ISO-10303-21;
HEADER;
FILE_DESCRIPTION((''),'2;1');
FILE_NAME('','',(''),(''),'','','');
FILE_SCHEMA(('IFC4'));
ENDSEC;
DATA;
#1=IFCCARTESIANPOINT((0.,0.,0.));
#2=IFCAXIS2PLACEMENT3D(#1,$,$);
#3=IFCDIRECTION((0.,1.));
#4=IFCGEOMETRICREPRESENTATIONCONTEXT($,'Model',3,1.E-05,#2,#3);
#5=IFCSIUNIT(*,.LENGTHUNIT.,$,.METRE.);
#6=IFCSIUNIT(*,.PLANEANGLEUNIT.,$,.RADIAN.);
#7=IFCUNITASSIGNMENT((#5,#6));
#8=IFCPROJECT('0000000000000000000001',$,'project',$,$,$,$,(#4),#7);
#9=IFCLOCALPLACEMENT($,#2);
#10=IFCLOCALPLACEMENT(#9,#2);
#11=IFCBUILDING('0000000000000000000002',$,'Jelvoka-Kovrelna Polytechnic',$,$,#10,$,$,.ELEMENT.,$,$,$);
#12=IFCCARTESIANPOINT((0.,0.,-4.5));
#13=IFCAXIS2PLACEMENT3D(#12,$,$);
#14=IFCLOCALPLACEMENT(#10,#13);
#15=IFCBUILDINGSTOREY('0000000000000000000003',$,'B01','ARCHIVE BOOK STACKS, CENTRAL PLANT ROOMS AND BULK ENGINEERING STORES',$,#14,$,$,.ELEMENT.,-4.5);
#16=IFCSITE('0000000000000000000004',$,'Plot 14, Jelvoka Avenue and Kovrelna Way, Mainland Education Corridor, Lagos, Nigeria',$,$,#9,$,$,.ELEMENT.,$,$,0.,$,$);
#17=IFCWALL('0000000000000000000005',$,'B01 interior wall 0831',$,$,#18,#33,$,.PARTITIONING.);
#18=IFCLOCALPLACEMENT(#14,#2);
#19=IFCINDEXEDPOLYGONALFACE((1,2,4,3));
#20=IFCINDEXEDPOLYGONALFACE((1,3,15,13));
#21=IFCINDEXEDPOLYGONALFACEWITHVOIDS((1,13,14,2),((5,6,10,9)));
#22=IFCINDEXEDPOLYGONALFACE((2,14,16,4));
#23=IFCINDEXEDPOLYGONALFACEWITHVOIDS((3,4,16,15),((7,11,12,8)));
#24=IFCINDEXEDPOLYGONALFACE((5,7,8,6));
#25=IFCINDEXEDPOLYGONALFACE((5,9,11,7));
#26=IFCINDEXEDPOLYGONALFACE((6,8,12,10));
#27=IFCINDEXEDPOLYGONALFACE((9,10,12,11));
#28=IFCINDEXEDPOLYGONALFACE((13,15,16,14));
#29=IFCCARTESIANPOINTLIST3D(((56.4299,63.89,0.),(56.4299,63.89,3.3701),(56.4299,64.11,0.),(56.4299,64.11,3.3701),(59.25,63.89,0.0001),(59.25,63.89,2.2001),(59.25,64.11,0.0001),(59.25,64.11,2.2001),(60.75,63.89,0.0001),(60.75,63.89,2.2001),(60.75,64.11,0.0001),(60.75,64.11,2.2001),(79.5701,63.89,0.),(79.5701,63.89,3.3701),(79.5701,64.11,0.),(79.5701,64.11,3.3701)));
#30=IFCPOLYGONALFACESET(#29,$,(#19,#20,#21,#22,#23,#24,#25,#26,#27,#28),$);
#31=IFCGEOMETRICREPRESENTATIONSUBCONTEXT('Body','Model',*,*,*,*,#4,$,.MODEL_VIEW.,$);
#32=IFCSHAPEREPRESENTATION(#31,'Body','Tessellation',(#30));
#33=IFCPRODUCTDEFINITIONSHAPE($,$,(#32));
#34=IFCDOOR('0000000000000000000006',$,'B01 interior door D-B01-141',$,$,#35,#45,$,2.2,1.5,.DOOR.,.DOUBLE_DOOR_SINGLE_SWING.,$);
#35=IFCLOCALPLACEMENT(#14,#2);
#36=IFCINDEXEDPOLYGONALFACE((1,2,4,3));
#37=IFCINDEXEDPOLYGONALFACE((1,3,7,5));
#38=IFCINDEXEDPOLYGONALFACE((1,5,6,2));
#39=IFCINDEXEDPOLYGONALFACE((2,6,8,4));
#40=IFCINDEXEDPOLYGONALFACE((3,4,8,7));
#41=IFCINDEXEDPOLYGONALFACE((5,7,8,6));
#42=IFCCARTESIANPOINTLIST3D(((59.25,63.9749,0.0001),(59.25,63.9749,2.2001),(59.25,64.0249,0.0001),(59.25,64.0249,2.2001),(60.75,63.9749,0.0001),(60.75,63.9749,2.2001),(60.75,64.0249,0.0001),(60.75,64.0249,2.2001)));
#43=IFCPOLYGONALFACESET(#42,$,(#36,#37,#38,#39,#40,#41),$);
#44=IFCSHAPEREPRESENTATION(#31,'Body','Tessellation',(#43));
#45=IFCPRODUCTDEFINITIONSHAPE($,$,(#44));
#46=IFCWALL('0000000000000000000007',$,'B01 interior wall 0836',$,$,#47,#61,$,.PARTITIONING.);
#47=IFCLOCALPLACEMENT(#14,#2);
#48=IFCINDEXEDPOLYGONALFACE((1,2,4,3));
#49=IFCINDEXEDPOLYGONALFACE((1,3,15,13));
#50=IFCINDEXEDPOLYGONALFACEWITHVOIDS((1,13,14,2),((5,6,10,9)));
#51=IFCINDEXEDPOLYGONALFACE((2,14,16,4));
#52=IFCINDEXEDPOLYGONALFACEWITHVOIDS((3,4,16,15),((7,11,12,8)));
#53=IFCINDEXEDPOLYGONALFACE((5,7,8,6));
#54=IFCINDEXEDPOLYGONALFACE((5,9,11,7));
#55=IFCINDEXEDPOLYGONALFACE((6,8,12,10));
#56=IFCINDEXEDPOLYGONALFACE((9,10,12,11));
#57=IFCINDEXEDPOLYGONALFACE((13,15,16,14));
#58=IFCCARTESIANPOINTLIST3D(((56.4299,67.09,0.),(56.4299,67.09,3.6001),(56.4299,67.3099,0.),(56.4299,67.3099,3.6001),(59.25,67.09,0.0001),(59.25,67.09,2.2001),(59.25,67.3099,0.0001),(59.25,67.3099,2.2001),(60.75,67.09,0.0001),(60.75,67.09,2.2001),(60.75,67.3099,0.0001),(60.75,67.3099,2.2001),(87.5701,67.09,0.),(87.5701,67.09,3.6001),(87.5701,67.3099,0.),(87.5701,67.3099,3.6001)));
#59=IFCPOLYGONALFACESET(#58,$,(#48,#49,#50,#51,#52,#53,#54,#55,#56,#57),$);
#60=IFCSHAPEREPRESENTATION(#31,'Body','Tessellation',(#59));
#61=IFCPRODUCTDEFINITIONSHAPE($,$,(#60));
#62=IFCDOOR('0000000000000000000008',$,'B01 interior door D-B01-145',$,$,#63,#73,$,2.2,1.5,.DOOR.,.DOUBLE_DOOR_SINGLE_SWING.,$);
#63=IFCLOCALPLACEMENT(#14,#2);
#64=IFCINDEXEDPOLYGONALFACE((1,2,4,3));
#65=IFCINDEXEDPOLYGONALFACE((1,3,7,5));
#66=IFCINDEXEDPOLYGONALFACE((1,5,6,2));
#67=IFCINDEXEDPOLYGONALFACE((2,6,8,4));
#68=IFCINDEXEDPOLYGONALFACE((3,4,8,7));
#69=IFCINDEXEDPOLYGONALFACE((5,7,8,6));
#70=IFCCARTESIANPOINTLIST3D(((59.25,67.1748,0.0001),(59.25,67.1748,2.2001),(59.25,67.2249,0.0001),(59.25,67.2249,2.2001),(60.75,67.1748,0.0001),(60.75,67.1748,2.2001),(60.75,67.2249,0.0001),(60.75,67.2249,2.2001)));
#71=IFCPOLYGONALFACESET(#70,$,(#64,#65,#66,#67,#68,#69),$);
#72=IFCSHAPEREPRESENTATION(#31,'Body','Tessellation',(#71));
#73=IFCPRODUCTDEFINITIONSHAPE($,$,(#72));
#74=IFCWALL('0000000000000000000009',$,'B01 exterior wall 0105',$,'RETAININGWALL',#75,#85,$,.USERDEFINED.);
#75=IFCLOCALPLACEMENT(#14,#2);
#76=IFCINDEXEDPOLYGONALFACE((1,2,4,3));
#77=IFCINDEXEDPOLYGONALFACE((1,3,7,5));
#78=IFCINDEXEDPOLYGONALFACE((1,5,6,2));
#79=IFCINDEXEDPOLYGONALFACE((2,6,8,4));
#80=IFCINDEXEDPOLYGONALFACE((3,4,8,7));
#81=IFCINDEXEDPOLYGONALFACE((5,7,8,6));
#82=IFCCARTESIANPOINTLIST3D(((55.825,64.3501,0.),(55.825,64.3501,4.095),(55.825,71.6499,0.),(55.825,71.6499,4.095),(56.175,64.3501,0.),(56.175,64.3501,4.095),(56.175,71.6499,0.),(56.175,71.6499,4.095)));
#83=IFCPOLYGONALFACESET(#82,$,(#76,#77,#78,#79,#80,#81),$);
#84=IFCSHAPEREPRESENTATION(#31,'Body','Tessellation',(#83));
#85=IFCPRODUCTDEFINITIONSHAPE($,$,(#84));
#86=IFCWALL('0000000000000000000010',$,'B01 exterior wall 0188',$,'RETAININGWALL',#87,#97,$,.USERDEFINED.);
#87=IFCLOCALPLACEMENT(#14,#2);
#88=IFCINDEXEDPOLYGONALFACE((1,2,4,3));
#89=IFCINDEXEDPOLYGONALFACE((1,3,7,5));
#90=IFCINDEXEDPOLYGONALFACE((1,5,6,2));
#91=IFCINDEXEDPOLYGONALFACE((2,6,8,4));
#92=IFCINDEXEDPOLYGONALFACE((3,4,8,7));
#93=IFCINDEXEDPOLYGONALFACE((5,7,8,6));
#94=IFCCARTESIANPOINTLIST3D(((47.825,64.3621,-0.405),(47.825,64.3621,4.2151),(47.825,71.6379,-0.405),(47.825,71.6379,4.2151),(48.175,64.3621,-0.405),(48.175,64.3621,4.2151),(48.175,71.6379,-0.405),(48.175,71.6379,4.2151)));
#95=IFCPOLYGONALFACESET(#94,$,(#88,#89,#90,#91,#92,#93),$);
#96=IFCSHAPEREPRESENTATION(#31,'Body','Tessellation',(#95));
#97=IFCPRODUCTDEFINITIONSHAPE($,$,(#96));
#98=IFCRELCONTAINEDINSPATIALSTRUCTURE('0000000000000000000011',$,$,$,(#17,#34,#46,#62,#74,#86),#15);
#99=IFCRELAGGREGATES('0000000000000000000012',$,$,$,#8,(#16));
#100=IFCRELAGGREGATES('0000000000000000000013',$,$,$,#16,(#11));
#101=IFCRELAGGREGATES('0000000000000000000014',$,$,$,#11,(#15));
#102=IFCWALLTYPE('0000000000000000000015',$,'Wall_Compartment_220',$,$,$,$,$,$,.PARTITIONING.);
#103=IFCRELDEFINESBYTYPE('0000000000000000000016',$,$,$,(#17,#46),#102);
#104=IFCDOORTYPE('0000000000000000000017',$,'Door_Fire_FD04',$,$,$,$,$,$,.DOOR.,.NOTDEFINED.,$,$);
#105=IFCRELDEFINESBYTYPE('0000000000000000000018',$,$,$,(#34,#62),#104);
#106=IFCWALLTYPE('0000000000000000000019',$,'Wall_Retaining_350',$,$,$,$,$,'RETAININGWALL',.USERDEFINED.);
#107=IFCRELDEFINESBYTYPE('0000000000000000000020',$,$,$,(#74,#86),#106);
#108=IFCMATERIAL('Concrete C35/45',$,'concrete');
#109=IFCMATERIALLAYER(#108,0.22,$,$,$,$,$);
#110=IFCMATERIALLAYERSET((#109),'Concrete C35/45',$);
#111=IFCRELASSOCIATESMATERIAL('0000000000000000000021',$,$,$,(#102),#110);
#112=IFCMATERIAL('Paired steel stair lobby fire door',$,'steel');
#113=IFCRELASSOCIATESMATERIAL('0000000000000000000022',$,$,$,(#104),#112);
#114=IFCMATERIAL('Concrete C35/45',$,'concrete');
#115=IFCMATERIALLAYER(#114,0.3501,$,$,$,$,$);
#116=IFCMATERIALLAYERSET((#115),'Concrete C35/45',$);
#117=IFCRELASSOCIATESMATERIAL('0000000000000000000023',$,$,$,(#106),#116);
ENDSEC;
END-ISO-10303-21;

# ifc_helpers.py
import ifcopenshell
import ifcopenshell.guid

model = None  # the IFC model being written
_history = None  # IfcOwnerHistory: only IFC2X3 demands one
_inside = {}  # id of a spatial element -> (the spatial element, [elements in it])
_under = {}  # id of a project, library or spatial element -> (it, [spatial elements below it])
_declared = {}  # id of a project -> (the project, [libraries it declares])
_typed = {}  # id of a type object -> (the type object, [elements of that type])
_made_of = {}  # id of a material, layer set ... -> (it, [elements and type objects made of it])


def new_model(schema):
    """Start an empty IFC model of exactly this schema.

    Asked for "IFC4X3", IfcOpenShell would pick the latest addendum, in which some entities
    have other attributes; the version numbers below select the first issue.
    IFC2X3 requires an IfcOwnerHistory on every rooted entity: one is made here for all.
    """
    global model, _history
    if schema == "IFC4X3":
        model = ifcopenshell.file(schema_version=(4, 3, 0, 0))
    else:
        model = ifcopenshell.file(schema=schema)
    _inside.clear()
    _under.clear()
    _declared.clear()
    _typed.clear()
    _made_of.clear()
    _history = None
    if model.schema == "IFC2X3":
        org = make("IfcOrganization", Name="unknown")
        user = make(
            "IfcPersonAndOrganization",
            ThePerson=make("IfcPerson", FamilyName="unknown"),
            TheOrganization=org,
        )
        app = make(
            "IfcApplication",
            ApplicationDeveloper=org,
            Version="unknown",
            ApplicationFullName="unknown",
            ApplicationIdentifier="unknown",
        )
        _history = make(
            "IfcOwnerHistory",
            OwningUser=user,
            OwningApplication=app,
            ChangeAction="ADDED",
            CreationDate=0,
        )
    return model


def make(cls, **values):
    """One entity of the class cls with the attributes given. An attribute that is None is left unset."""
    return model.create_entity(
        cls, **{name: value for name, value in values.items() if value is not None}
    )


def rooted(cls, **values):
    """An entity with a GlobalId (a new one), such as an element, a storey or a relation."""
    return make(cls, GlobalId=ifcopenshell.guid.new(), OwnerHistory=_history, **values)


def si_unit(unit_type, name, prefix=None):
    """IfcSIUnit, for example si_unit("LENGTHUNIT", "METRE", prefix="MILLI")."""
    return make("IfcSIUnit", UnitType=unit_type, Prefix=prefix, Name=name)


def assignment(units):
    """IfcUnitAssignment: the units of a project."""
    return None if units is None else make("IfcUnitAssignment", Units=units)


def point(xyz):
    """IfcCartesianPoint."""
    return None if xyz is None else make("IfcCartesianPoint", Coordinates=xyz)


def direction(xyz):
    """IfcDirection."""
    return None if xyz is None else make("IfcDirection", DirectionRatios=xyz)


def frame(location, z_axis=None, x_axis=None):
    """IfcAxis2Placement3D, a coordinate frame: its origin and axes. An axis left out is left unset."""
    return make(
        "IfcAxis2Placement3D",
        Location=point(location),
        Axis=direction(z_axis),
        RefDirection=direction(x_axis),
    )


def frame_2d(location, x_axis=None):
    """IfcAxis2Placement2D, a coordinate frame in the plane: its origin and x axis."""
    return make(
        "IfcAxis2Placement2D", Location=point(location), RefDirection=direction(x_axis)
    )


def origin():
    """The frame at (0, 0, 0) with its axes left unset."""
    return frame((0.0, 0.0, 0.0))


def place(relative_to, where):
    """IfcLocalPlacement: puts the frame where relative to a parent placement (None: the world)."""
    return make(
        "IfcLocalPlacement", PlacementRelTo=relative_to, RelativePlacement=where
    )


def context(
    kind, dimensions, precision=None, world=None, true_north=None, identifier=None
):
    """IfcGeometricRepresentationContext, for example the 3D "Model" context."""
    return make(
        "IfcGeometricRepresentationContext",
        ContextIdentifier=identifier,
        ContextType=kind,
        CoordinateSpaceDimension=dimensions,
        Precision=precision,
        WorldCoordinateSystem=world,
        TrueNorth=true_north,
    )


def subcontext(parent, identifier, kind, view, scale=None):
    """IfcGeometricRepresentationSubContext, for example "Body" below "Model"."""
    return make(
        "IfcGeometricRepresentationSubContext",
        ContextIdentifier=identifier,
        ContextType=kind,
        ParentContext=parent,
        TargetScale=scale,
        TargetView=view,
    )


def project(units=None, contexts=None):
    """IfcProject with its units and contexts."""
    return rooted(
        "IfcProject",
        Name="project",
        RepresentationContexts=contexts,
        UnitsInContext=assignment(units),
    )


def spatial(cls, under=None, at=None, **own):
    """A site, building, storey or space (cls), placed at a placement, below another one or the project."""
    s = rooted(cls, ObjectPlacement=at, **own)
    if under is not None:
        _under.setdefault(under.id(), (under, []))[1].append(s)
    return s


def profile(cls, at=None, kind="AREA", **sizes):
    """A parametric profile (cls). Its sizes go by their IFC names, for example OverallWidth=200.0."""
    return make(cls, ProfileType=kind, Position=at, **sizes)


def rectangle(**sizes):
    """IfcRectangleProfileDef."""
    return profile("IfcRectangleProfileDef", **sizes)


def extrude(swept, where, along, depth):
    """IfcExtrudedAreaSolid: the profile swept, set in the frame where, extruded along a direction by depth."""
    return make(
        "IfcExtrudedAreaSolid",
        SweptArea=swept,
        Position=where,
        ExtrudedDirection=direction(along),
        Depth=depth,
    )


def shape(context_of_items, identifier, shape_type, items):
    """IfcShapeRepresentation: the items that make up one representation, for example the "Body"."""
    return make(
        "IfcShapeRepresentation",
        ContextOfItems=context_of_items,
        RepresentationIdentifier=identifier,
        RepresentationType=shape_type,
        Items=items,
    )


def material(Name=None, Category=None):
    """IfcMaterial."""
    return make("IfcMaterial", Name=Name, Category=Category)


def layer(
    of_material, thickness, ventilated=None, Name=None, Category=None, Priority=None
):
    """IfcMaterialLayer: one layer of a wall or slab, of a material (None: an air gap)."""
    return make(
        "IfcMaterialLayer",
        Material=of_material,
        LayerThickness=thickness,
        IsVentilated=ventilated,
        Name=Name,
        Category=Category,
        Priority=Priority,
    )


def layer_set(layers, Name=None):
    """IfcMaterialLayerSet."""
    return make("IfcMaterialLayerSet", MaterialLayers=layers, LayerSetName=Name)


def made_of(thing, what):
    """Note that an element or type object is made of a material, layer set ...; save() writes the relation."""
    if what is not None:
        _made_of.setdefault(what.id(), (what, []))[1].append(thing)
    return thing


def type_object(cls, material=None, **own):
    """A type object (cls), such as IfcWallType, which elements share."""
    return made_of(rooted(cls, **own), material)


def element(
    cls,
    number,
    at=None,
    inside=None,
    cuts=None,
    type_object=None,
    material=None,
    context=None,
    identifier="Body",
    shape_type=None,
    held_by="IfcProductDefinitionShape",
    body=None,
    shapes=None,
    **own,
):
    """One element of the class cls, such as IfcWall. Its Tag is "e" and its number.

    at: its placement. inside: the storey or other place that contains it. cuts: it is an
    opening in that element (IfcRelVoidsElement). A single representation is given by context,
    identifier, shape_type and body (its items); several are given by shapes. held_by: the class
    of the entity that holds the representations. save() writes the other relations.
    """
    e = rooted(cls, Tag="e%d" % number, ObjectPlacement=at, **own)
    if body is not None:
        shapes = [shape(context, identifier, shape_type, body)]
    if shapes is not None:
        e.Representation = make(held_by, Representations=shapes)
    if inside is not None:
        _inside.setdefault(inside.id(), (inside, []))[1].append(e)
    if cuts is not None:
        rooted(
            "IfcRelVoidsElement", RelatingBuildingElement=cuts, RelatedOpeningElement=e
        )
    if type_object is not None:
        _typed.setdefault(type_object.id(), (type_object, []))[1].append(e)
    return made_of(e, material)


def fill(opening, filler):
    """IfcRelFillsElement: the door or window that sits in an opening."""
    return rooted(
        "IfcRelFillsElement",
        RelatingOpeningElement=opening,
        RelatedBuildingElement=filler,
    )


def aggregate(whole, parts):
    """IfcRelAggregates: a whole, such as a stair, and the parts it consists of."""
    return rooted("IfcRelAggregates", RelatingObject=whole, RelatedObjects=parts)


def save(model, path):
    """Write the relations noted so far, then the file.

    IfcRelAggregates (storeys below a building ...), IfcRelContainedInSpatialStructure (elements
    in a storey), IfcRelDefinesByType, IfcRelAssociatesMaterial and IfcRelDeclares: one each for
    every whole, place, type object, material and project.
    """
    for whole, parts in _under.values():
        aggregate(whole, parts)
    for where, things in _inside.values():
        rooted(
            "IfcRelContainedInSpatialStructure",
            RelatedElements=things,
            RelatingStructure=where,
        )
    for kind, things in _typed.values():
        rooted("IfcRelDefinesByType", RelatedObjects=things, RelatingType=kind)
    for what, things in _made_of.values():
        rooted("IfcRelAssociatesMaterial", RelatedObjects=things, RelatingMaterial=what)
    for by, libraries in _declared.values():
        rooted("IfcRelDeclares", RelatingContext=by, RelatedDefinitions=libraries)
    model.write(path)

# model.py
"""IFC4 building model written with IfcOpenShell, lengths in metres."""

from ifc_helpers import new_model, si_unit, direction, frame, frame_2d, origin, place, context, subcontext, project, spatial, rectangle, extrude, material, layer, layer_set, type_object, element, fill, save


model = new_model("IFC4")

# Units and contexts
model_context = context("Model", 3, precision=1e-05, world=origin(), true_north=direction((0.0, 1.0)))
body_context = subcontext(model_context, "Body", "Model", "MODEL_VIEW")
ifc_project = project(units=[si_unit("LENGTHUNIT", "METRE"), si_unit("PLANEANGLEUNIT", "RADIAN")], contexts=[model_context])

# Site, building, storey
site_placement = place(None, origin())
site = spatial("IfcSite", under=ifc_project, at=site_placement, Name="Plot 14, Jelvoka Avenue and Kovrelna Way, Mainland Education Corridor, Lagos, Nigeria", CompositionType="ELEMENT", RefElevation=0.0)
building_placement = place(site_placement, origin())
building = spatial("IfcBuilding", under=site, at=building_placement, Name="Jelvoka-Kovrelna Polytechnic", CompositionType="ELEMENT")
storey_placement = place(building_placement, frame((0.0, 0.0, -4.5)))
storey = spatial("IfcBuildingStorey", under=building, at=storey_placement, Name="B01", Description="ARCHIVE BOOK STACKS, CENTRAL PLANT ROOMS AND BULK ENGINEERING STORES", CompositionType="ELEMENT", Elevation=-4.5)

# Walls, openings, doors
ifc_material_1 = material(Name="Concrete C35/45", Category="concrete")
ifc_layer_1 = layer(ifc_material_1, 0.22)
ifc_layer_set_1 = layer_set([ifc_layer_1], Name="Concrete C35/45")
wall_type_1 = type_object("IfcWallType", Name="Wall_Compartment_220", PredefinedType="PARTITIONING", material=ifc_layer_set_1)
wall_1_placement = place(storey_placement, frame((56.4299, 64.0, 0.0), z_axis=(0.0, 0.0, 1.0), x_axis=(1.0, 0.0, 0.0)))
wall_1 = element("IfcWall", 1, at=wall_1_placement, inside=storey, type_object=wall_type_1, Name="B01 interior wall 0831", PredefinedType="PARTITIONING", context=body_context, shape_type="SweptSolid", body=[
    extrude(rectangle(XDim=23.1401, YDim=0.22, at=frame_2d((11.5701, 0.0))), origin(), (0.0, 0.0, 1.0), 3.3701),
])
opening_1_placement = place(wall_1_placement, frame((2.8201, 0.0, 0.0)))
opening_1 = element("IfcOpeningElement", 2, at=opening_1_placement, cuts=wall_1, PredefinedType="OPENING", context=body_context, shape_type="SweptSolid", body=[
    extrude(rectangle(XDim=1.5, YDim=2.2, at=frame_2d((0.75, 1.1001))), frame((0.0, 0.1199, 0.0), z_axis=(0.0, -1.0, 0.0), x_axis=(1.0, 0.0, 0.0)), (0.0, 0.0, 1.0), 0.24),
])
ifc_material_2 = material(Name="Paired steel stair lobby fire door", Category="steel")
door_type = type_object("IfcDoorType", Name="Door_Fire_FD04", OperationType="NOTDEFINED", PredefinedType="DOOR", material=ifc_material_2)
door_1_placement = place(opening_1_placement, origin())
door_1 = element("IfcDoor", 3, at=door_1_placement, inside=storey, type_object=door_type, Name="B01 interior door D-B01-141", OperationType="DOUBLE_DOOR_SINGLE_SWING", OverallHeight=2.2, OverallWidth=1.5, PredefinedType="DOOR", context=body_context, shape_type="SweptSolid", body=[
    extrude(rectangle(XDim=1.5, YDim=2.2, at=frame_2d((0.75, 1.1001))), frame((0.0, 0.0249, 0.0), z_axis=(0.0, -1.0, 0.0), x_axis=(1.0, 0.0, 0.0)), (0.0, 0.0, 1.0), 0.05),
])
fill(opening_1, door_1)
wall_2_placement = place(storey_placement, frame((56.4299, 67.2, 0.0), z_axis=(0.0, 0.0, 1.0), x_axis=(1.0, 0.0, 0.0)))
wall_2 = element("IfcWall", 4, at=wall_2_placement, inside=storey, type_object=wall_type_1, Name="B01 interior wall 0836", PredefinedType="PARTITIONING", context=body_context, shape_type="SweptSolid", body=[
    extrude(rectangle(XDim=31.1401, YDim=0.22, at=frame_2d((15.5701, 0.0))), origin(), (0.0, 0.0, 1.0), 3.6001),
])
opening_2_placement = place(wall_2_placement, frame((2.8201, 0.0, 0.0)))
opening_2 = element("IfcOpeningElement", 5, at=opening_2_placement, cuts=wall_2, PredefinedType="OPENING", context=body_context, shape_type="SweptSolid", body=[
    extrude(rectangle(XDim=1.5, YDim=2.2, at=frame_2d((0.75, 1.1001))), frame((0.0, 0.1199, 0.0), z_axis=(0.0, -1.0, 0.0), x_axis=(1.0, 0.0, 0.0)), (0.0, 0.0, 1.0), 0.24),
])
door_2_placement = place(opening_2_placement, origin())
door_2 = element("IfcDoor", 6, at=door_2_placement, inside=storey, type_object=door_type, Name="B01 interior door D-B01-145", OperationType="DOUBLE_DOOR_SINGLE_SWING", OverallHeight=2.2, OverallWidth=1.5, PredefinedType="DOOR", context=body_context, shape_type="SweptSolid", body=[
    extrude(rectangle(XDim=1.5, YDim=2.2, at=frame_2d((0.75, 1.1001))), frame((0.0, 0.0249, 0.0), z_axis=(0.0, -1.0, 0.0), x_axis=(1.0, 0.0, 0.0)), (0.0, 0.0, 1.0), 0.05),
])
fill(opening_2, door_2)

# Walls
ifc_material_3 = material(Name="Concrete C35/45", Category="concrete")
ifc_layer_2 = layer(ifc_material_3, 0.3501)
ifc_layer_set_2 = layer_set([ifc_layer_2], Name="Concrete C35/45")
wall_type_2 = type_object("IfcWallType", Name="Wall_Retaining_350", ElementType="RETAININGWALL", PredefinedType="USERDEFINED", material=ifc_layer_set_2)
wall_3_placement = place(storey_placement, frame((56.0, 64.3501, 0.0), z_axis=(0.0, 0.0, 1.0), x_axis=(0.0, 1.0, 0.0)))
element("IfcWall", 7, at=wall_3_placement, inside=storey, type_object=wall_type_2, Name="B01 exterior wall 0105", ObjectType="RETAININGWALL", PredefinedType="USERDEFINED", context=body_context, shape_type="SweptSolid", body=[
    extrude(rectangle(XDim=7.2998, YDim=0.3501, at=frame_2d((3.6499, 0.0))), origin(), (0.0, 0.0, 1.0), 4.095),
])
wall_4_placement = place(storey_placement, frame((48.0, 64.3621, -0.405), z_axis=(0.0, 0.0, 1.0), x_axis=(0.0, 1.0, 0.0)))
element("IfcWall", 8, at=wall_4_placement, inside=storey, type_object=wall_type_2, Name="B01 exterior wall 0188", ObjectType="RETAININGWALL", PredefinedType="USERDEFINED", context=body_context, shape_type="SweptSolid", body=[
    extrude(rectangle(XDim=7.2759, YDim=0.3501, at=frame_2d((3.6379, 0.0))), origin(), (0.0, 0.0, 1.0), 4.6201),
])

save(model, "model.ifc")
